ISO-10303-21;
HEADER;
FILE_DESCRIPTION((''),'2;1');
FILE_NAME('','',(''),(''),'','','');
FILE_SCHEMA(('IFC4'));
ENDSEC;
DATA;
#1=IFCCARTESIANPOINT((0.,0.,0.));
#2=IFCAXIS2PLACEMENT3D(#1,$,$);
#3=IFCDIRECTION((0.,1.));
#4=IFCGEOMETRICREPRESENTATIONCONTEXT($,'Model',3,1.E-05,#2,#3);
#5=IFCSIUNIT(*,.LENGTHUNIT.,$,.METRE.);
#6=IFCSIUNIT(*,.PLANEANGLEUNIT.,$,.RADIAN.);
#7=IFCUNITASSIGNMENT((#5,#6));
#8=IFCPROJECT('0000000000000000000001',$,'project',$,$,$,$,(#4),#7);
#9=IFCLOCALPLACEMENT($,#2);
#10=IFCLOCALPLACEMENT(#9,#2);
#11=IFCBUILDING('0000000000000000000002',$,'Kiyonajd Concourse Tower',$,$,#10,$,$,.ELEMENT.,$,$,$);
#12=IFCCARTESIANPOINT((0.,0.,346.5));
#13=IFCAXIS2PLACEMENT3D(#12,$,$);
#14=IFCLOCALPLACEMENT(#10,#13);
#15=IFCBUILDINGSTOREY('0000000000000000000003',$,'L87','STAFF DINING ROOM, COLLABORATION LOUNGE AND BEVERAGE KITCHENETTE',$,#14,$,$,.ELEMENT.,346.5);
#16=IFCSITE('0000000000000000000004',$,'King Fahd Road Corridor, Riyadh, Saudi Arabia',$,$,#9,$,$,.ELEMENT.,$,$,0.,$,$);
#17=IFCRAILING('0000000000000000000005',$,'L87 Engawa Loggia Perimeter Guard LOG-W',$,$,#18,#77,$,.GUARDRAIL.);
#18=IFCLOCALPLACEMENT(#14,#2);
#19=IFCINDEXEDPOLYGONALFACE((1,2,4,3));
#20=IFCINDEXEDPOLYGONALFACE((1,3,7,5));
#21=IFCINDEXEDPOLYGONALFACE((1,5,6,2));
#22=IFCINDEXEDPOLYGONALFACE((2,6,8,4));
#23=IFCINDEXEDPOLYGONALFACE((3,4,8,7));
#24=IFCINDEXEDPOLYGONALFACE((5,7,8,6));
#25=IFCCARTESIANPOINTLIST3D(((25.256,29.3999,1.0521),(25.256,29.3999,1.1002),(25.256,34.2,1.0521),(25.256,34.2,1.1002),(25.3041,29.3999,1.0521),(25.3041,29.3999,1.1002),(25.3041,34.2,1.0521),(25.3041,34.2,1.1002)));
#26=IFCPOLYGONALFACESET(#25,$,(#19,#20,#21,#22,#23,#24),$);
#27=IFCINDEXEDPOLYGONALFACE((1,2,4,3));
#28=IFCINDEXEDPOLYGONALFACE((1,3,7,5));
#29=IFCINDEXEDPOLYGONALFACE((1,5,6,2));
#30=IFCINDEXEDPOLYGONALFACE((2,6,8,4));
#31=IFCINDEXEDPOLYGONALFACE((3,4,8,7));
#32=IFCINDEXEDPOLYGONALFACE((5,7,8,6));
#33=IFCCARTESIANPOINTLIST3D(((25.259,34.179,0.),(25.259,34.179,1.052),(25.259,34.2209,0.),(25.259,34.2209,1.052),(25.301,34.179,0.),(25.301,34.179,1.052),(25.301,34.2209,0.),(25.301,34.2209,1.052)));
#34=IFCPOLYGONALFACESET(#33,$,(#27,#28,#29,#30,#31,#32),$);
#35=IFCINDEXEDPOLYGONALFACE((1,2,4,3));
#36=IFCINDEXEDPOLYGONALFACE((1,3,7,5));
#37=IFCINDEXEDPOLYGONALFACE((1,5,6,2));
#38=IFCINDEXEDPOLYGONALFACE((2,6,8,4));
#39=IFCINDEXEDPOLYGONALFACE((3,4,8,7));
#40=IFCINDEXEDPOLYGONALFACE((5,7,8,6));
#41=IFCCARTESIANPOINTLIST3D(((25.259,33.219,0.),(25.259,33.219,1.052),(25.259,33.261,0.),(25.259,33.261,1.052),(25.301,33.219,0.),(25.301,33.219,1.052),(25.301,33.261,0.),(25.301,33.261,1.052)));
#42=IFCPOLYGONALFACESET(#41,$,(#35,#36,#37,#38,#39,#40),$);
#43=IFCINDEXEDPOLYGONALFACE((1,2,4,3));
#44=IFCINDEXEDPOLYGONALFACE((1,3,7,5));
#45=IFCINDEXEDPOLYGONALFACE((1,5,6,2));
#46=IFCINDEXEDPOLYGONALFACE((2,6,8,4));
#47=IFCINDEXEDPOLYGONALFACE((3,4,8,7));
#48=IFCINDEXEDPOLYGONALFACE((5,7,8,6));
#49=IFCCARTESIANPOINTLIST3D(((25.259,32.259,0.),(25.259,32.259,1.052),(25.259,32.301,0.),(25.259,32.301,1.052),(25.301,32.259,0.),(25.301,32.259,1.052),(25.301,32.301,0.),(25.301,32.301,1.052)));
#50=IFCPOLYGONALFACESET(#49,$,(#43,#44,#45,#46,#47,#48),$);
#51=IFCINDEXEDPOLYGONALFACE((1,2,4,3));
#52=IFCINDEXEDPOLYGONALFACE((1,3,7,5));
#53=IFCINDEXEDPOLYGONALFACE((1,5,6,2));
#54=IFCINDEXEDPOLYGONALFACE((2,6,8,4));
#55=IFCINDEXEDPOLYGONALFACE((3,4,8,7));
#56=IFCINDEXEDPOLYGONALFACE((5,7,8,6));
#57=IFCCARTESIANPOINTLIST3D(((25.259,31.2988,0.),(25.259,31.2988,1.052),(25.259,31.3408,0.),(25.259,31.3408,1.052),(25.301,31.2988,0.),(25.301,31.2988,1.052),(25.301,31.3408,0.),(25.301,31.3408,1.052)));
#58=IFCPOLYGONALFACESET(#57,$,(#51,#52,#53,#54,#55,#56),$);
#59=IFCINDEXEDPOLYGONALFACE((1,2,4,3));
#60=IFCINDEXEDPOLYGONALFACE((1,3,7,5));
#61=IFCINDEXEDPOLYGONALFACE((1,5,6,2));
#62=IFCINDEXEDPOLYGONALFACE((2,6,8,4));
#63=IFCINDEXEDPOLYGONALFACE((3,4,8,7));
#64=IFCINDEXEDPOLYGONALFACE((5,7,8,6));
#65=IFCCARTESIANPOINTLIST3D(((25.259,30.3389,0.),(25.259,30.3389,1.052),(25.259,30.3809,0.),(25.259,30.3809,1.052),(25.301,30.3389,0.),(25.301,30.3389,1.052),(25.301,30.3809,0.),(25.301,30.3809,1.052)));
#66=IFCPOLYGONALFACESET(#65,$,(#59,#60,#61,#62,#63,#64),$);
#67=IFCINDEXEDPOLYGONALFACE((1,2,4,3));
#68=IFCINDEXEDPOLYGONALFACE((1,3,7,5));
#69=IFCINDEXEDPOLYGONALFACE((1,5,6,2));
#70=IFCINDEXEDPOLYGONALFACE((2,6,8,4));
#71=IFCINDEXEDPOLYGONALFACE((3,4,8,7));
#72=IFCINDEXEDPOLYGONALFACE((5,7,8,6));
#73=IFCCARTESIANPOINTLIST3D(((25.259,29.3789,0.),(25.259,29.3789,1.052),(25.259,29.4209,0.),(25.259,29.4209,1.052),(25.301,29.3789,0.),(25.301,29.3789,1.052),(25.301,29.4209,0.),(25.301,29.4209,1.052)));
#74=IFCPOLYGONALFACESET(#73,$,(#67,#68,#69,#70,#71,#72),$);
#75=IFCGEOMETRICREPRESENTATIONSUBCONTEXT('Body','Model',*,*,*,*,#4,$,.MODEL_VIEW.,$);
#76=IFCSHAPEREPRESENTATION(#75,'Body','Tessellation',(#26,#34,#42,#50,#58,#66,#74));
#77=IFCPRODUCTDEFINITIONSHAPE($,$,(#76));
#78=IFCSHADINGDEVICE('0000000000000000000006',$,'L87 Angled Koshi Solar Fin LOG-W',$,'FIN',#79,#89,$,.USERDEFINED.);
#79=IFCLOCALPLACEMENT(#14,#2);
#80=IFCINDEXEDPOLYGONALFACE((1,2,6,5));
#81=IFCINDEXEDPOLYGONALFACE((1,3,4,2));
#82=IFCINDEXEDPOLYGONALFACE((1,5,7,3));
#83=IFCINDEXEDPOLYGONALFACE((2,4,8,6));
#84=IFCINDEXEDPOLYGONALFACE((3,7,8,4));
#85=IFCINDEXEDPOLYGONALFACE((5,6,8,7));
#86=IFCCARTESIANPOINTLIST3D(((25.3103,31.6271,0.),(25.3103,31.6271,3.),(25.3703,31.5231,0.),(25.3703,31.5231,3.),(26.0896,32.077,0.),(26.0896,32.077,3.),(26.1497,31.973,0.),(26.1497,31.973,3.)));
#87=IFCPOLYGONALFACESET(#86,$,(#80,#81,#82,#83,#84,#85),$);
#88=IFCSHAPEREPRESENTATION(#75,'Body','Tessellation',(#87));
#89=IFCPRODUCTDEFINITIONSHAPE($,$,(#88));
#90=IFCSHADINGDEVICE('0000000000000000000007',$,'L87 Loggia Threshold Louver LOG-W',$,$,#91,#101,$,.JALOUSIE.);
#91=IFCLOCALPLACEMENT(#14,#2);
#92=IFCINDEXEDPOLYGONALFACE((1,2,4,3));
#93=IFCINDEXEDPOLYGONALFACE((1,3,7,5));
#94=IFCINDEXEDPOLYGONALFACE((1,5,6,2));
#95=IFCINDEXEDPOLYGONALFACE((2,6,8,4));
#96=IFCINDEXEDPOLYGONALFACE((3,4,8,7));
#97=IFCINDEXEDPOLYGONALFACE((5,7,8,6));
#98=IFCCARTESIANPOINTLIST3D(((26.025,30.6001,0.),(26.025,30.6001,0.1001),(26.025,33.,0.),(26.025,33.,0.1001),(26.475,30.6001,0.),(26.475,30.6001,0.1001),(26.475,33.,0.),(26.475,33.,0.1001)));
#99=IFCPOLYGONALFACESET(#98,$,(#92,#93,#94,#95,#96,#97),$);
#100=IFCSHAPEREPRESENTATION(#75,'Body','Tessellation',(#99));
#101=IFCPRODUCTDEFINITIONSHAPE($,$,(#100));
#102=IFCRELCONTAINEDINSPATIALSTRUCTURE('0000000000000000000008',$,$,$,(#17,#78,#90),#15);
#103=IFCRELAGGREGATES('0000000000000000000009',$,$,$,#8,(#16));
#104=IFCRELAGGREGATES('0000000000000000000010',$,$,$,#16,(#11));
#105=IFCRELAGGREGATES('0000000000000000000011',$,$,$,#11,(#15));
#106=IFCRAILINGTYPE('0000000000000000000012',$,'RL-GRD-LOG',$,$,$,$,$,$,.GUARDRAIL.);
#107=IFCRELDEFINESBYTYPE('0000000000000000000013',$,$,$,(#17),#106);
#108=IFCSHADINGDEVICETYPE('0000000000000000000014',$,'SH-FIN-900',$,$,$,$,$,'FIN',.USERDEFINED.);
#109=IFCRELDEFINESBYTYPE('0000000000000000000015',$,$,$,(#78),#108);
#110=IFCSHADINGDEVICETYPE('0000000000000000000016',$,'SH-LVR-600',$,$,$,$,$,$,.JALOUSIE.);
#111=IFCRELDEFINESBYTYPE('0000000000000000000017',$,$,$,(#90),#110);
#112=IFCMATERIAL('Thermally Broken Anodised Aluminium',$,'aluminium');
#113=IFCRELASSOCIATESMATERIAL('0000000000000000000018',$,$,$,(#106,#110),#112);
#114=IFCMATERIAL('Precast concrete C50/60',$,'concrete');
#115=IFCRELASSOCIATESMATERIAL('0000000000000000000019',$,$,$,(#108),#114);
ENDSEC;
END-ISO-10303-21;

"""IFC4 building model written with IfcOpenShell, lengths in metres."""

from ifc_helpers import new_model, si_unit, direction, frame, origin, origin_2d, place, context, subcontext, project, spatial, rectangle, extrude, material, type_object, element, save


model = new_model("IFC4")

# Units and contexts
model_context = context("Model", 3, precision=1e-05, world=origin(), true_north=direction((0.0, 1.0)))
body_context = subcontext(model_context, "Body", "Model", "MODEL_VIEW")
ifc_project = project(units=[si_unit("LENGTHUNIT", "METRE"), si_unit("PLANEANGLEUNIT", "RADIAN")], contexts=[model_context])

# Site, building, storey
site_placement = place(None, origin())
site = spatial("IfcSite", under=ifc_project, at=site_placement, Name="King Fahd Road Corridor, Riyadh, Saudi Arabia", CompositionType="ELEMENT", RefElevation=0.0)
building_placement = place(site_placement, origin())
building = spatial("IfcBuilding", under=site, at=building_placement, Name="Kiyonajd Concourse Tower", CompositionType="ELEMENT")
storey_placement = place(building_placement, frame((0.0, 0.0, 346.5)))
storey = spatial("IfcBuildingStorey", under=building, at=storey_placement, Name="L87", Description="STAFF DINING ROOM, COLLABORATION LOUNGE AND BEVERAGE KITCHENETTE", CompositionType="ELEMENT", Elevation=346.5)

# Shared definitions
ifc_material_1 = material(Name="Thermally Broken Anodised Aluminium", Category="aluminium")

# Shared definitions
ifc_material_2 = material(Name="Precast concrete C50/60", Category="concrete")

# Railing
railing_type = type_object("IfcRailingType", Name="RL-GRD-LOG", PredefinedType="GUARDRAIL", material=ifc_material_1)
railing_placement = place(storey_placement, frame((25.28, 34.2, 0.0)))
element("IfcRailing", 1, at=railing_placement, inside=storey, type_object=railing_type, Name="L87 Engawa Loggia Perimeter Guard LOG-W", PredefinedType="GUARDRAIL", context=body_context, shape_type="SweptSolid", body=[
    extrude(rectangle(XDim=0.0481, YDim=0.0481, at=origin_2d()), frame((0.0, 0.0, 1.0762), z_axis=(0.0, -1.0, 0.0), x_axis=(1.0, 0.0, 0.0)), (0.0, 0.0, 1.0), 4.8),
    extrude(rectangle(XDim=0.042, YDim=0.042, at=origin_2d()), origin(), (0.0, 0.0, 1.0), 1.052),
    extrude(rectangle(XDim=0.042, YDim=0.042, at=origin_2d()), frame((0.0, -0.96, 0.0)), (0.0, 0.0, 1.0), 1.052),
    extrude(rectangle(XDim=0.042, YDim=0.042, at=origin_2d()), frame((0.0, -1.9199, 0.0)), (0.0, 0.0, 1.0), 1.052),
    extrude(rectangle(XDim=0.042, YDim=0.042, at=origin_2d()), frame((0.0, -2.8801, 0.0)), (0.0, 0.0, 1.0), 1.052),
    extrude(rectangle(XDim=0.042, YDim=0.042, at=origin_2d()), frame((0.0, -3.8401, 0.0)), (0.0, 0.0, 1.0), 1.052),
    extrude(rectangle(XDim=0.042, YDim=0.042, at=origin_2d()), frame((0.0, -4.8, 0.0)), (0.0, 0.0, 1.0), 1.052),
])

# Shading devices
shading_device_type_1 = type_object("IfcShadingDeviceType", Name="SH-FIN-900", ElementType="FIN", PredefinedType="USERDEFINED", material=ifc_material_2)
shading_device_1_placement = place(storey_placement, frame((25.73, 31.8, 0.0), z_axis=(0.0, 0.0, 1.0), x_axis=(0.866025, 0.5, 0.0)))
element("IfcShadingDevice", 2, at=shading_device_1_placement, inside=storey, type_object=shading_device_type_1, Name="L87 Angled Koshi Solar Fin LOG-W", ObjectType="FIN", PredefinedType="USERDEFINED", context=body_context, shape_type="SweptSolid", body=[
    extrude(rectangle(XDim=0.8999, YDim=0.1201, at=origin_2d()), origin(), (0.0, 0.0, 1.0), 3.0),
])
shading_device_type_2 = type_object("IfcShadingDeviceType", Name="SH-LVR-600", PredefinedType="JALOUSIE", material=ifc_material_1)
shading_device_2_placement = place(storey_placement, frame((26.25, 31.8, 0.0), z_axis=(0.0, 0.0, 1.0), x_axis=(0.0, 1.0, 0.0)))
element("IfcShadingDevice", 3, at=shading_device_2_placement, inside=storey, type_object=shading_device_type_2, Name="L87 Loggia Threshold Louver LOG-W", PredefinedType="JALOUSIE", context=body_context, shape_type="SweptSolid", body=[
    extrude(rectangle(XDim=2.3999, YDim=0.45, at=origin_2d()), origin(), (0.0, 0.0, 1.0), 0.1001),
])

save(model, "model.ifc")
